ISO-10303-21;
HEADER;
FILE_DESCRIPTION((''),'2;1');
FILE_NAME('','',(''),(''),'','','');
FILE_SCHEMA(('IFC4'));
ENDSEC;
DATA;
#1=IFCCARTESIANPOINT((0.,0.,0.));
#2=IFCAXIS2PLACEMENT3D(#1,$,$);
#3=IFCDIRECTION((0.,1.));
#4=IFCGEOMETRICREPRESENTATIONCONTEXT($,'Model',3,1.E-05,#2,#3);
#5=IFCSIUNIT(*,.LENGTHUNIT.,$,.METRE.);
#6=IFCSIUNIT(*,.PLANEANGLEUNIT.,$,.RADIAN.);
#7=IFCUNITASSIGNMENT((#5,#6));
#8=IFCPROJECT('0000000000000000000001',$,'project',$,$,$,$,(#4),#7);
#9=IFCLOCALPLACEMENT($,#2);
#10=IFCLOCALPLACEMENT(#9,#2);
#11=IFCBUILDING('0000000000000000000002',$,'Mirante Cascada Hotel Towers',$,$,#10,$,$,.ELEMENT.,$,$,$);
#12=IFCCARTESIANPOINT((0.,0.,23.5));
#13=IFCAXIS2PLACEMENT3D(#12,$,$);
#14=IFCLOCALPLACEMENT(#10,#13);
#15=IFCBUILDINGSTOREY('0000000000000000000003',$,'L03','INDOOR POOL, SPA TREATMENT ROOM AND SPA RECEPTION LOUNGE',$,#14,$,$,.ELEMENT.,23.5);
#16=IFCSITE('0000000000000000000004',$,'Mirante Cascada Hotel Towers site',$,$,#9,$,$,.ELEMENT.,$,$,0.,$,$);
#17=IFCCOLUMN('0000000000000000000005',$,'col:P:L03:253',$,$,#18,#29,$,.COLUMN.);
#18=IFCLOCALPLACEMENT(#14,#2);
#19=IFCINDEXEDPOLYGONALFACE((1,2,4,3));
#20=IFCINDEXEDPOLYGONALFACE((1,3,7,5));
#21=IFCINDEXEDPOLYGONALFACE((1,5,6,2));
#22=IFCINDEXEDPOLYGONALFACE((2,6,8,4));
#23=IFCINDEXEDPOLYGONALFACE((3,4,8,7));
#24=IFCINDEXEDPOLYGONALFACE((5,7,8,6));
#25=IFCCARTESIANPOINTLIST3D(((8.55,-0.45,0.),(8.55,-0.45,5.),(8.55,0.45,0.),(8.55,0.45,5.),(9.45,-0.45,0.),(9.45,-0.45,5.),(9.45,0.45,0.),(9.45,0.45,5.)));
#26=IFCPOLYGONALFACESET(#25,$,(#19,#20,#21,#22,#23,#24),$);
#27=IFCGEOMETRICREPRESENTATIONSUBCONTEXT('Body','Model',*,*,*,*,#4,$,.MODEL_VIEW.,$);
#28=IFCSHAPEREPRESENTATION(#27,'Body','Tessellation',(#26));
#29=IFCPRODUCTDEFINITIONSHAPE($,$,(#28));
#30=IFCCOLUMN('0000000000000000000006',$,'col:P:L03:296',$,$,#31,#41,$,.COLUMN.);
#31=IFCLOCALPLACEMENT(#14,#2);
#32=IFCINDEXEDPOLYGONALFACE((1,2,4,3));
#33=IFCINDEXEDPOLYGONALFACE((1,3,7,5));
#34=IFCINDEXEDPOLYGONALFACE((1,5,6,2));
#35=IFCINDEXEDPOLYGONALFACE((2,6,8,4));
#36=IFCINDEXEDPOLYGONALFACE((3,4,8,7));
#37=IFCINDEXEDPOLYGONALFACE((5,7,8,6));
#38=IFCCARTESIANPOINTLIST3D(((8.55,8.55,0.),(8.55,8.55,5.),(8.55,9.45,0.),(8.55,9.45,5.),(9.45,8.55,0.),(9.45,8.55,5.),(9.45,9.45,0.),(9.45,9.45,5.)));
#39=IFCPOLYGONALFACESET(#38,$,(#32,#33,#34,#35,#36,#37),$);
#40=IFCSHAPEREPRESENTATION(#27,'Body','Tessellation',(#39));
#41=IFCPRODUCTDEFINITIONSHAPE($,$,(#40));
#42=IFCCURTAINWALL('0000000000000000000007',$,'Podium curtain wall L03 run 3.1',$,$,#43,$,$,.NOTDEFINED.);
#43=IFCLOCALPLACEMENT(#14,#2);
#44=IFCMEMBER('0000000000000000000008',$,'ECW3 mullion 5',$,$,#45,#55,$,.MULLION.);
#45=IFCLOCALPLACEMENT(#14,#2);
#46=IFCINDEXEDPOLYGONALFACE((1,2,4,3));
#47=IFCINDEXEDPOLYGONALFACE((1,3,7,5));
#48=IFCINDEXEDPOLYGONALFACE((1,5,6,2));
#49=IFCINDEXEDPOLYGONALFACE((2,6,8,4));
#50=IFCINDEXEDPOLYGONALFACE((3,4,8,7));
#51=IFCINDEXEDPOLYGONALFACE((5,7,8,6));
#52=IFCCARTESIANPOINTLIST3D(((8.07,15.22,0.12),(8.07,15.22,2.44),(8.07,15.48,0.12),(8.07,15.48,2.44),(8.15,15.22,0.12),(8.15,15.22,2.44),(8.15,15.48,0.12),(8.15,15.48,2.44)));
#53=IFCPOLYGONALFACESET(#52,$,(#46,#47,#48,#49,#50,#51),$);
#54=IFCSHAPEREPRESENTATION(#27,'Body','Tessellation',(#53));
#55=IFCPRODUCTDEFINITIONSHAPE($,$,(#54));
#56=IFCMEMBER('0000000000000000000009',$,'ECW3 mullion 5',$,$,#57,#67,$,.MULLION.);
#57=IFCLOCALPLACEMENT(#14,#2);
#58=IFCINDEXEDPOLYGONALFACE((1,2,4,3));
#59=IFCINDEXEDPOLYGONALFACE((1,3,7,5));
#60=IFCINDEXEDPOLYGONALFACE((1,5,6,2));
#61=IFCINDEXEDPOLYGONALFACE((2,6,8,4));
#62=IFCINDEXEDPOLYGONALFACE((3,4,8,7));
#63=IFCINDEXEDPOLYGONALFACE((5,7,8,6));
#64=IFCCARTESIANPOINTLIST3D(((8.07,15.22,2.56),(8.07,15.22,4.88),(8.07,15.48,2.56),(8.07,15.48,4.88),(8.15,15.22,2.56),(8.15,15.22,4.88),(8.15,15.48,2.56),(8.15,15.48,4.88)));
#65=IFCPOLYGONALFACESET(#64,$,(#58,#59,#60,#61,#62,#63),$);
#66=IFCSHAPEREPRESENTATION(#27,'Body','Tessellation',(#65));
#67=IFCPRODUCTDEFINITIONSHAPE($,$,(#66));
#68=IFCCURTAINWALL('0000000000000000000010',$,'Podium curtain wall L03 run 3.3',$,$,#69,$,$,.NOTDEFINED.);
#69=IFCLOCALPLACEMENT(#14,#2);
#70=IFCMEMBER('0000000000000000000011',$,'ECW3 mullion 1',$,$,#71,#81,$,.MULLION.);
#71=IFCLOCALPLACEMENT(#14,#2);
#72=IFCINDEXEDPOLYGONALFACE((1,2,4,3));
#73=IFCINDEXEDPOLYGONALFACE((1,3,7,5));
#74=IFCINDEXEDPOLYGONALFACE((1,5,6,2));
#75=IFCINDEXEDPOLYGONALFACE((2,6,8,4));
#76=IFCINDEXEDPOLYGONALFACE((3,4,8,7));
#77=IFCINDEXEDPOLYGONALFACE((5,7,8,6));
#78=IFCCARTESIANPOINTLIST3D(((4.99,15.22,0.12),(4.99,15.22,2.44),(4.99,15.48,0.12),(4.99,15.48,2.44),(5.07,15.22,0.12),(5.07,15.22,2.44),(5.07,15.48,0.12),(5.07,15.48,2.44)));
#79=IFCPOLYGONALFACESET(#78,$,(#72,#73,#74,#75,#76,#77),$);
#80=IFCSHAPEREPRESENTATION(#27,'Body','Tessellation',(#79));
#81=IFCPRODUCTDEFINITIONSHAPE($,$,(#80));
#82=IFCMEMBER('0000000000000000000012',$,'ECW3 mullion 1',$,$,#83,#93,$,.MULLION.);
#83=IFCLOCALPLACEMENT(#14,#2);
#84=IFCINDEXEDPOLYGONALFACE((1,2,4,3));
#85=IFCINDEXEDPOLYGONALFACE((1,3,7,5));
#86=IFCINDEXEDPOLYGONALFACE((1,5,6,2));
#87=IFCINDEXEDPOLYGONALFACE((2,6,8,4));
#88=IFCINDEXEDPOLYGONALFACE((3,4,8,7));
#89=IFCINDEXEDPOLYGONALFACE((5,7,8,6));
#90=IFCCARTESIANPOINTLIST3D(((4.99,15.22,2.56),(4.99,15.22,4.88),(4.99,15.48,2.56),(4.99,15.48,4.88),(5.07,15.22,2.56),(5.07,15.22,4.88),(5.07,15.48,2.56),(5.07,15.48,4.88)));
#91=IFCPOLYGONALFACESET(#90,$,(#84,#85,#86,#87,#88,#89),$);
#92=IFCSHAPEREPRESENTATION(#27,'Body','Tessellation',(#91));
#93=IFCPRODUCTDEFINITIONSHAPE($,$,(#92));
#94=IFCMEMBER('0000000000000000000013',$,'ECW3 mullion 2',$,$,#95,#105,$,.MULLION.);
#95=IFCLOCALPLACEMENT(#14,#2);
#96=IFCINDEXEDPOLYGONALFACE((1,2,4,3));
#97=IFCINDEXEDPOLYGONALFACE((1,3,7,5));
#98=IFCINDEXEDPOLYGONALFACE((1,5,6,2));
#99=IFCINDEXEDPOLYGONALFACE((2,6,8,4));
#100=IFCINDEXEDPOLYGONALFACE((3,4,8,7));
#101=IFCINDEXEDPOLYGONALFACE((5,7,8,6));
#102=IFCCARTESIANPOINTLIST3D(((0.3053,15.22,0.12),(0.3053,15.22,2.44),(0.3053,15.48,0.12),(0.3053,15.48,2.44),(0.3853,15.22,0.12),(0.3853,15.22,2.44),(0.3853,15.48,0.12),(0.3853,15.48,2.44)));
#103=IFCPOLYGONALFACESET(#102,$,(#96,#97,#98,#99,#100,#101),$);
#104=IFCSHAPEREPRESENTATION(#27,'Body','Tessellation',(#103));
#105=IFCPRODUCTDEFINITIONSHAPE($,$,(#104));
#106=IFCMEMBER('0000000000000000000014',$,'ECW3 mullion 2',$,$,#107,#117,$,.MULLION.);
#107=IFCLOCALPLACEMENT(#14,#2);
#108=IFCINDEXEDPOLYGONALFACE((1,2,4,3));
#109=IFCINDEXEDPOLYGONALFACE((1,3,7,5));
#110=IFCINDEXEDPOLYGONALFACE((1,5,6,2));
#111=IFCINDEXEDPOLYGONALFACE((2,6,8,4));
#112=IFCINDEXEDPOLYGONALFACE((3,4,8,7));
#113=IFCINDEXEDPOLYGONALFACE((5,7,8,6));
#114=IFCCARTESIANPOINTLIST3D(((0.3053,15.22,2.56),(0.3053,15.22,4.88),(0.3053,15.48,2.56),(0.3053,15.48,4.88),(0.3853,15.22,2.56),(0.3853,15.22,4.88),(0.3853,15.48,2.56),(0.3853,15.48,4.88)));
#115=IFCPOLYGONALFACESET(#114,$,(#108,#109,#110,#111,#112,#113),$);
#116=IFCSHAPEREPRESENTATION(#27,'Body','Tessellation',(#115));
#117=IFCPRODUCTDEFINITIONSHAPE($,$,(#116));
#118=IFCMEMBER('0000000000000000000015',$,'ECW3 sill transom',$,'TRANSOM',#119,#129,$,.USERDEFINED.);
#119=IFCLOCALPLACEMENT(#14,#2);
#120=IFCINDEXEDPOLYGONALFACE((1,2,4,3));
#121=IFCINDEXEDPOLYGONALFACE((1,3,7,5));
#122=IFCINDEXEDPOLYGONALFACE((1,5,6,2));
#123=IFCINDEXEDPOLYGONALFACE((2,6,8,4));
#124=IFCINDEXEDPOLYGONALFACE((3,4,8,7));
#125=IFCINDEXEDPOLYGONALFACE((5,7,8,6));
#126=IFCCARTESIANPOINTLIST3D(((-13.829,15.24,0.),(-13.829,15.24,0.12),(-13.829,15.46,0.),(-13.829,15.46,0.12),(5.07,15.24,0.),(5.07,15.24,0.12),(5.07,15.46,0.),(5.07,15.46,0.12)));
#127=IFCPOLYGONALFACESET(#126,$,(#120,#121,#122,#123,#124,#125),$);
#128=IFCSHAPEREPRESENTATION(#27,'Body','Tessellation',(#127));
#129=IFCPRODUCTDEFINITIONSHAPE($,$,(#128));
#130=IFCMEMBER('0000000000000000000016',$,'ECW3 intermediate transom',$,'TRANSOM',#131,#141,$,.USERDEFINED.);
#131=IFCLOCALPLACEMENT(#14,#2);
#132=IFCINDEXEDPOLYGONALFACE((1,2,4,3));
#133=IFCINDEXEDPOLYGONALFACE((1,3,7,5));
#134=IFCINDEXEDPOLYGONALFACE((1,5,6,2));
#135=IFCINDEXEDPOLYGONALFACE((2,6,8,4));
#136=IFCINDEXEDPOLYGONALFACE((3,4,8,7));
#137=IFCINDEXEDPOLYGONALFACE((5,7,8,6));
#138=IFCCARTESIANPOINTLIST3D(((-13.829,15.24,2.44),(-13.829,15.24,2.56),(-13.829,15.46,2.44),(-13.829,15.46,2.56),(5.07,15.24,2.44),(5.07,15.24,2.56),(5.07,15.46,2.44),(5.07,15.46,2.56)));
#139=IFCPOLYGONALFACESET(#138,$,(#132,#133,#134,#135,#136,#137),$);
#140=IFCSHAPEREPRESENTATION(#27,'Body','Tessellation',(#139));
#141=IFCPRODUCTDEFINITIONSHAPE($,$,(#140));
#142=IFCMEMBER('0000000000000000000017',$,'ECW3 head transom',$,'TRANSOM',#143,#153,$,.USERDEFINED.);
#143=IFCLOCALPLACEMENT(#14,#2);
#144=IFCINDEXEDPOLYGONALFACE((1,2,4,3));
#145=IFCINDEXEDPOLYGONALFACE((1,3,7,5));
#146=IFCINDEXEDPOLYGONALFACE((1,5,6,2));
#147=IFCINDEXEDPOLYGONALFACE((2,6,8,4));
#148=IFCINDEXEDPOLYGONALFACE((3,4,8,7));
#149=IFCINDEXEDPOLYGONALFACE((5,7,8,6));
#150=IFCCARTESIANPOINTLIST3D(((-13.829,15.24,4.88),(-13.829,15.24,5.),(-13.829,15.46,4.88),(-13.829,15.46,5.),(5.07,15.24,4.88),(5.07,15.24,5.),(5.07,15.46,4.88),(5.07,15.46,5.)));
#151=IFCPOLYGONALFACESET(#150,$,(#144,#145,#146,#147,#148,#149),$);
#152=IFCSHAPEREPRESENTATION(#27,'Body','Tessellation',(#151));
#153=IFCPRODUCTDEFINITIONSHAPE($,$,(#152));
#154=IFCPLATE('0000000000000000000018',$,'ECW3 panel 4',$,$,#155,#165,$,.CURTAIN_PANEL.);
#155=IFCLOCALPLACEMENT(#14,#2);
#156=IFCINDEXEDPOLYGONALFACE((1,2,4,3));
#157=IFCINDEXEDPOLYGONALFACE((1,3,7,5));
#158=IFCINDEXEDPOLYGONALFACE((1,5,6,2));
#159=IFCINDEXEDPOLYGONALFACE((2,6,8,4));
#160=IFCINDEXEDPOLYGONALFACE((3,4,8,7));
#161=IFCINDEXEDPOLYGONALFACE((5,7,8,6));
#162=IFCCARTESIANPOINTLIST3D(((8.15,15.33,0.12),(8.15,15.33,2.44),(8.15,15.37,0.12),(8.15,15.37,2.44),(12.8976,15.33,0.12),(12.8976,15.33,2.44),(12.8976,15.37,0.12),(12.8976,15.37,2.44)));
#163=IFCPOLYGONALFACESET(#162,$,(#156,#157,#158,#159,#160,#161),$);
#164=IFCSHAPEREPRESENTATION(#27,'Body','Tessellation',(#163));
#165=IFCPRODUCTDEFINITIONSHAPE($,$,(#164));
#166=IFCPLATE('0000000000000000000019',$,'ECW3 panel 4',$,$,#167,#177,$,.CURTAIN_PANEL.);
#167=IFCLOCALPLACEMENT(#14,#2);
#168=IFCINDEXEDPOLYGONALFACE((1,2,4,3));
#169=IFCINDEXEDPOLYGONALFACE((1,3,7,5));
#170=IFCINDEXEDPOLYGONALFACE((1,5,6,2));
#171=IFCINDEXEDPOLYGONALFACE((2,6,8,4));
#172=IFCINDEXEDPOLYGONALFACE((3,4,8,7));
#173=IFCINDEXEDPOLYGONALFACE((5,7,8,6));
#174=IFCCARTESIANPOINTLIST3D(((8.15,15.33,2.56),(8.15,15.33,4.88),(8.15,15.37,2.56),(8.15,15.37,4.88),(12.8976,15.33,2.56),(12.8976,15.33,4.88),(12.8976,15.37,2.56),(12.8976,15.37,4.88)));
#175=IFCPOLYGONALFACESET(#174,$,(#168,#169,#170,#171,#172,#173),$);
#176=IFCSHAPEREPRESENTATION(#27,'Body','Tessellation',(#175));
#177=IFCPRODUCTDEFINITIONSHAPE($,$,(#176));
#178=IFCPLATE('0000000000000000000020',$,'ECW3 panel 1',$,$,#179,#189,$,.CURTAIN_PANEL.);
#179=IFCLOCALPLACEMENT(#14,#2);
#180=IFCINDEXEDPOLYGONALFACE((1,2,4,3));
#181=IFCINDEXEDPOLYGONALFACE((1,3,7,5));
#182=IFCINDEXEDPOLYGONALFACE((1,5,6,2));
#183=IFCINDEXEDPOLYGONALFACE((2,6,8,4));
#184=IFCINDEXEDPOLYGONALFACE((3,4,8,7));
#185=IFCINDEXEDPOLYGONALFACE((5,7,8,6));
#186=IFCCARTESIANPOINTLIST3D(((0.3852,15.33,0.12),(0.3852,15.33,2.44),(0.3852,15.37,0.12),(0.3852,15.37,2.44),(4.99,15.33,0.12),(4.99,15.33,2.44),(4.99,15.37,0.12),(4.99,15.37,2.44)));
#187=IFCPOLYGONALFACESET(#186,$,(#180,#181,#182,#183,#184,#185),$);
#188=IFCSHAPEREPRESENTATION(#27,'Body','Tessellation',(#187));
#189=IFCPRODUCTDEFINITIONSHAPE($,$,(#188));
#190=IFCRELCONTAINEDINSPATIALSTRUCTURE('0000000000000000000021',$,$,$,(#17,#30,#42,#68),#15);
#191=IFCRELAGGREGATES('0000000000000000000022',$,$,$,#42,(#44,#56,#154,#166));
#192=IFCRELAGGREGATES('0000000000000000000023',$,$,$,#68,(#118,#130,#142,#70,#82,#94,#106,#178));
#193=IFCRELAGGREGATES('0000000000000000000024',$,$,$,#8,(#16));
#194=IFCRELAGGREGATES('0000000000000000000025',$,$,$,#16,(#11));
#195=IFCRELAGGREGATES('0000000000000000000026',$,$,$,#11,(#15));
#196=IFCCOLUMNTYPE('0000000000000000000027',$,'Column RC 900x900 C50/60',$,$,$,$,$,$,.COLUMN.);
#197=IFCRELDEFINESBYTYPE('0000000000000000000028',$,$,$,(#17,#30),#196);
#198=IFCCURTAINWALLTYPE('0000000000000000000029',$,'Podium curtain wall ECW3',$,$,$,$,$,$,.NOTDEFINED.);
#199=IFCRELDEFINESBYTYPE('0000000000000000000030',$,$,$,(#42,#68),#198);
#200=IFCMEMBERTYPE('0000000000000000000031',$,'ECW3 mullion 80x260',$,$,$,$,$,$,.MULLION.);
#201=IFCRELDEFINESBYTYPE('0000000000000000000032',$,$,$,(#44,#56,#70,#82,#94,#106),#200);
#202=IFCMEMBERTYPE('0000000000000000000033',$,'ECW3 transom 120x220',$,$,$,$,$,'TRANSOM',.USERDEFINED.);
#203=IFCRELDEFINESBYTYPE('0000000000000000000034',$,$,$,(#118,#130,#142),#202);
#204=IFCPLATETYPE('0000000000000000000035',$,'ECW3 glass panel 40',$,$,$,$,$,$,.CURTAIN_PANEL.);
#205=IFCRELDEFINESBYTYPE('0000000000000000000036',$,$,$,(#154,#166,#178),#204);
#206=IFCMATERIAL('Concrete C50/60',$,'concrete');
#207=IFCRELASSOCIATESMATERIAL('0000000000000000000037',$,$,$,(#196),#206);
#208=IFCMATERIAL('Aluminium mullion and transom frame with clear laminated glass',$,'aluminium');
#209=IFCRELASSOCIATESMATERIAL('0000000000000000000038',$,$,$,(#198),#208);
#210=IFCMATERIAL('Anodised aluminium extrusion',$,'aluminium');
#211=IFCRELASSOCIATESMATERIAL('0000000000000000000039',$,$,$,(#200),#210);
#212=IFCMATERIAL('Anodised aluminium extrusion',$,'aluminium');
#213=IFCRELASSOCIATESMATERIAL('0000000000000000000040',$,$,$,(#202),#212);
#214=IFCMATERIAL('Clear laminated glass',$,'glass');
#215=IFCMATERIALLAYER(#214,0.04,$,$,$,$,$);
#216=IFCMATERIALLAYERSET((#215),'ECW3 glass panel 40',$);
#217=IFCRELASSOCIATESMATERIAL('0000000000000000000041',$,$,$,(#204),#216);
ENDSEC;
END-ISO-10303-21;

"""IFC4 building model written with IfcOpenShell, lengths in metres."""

from ifc_helpers import new_model, si_unit, direction, frame, origin, origin_2d, place, context, subcontext, project, spatial, rectangle, extrude, material, layer, layer_set, material_profile, profile_set, type_object, element, aggregate, save


model = new_model("IFC4")

# Units and contexts
model_context = context("Model", 3, precision=1e-05, world=origin(), true_north=direction((0.0, 1.0)))
body_context = subcontext(model_context, "Body", "Model", "MODEL_VIEW")
ifc_project = project(units=[si_unit("LENGTHUNIT", "METRE"), si_unit("PLANEANGLEUNIT", "RADIAN")], contexts=[model_context])

# Site, building, storey
site_placement = place(None, origin())
site = spatial("IfcSite", under=ifc_project, at=site_placement, Name="Mirante Cascada Hotel Towers site", CompositionType="ELEMENT", RefElevation=0.0)
building_placement = place(site_placement, origin())
building = spatial("IfcBuilding", under=site, at=building_placement, Name="Mirante Cascada Hotel Towers", CompositionType="ELEMENT")
storey_placement = place(building_placement, frame((0.0, 0.0, 23.5)))
storey = spatial("IfcBuildingStorey", under=building, at=storey_placement, Name="L03", Description="INDOOR POOL, SPA TREATMENT ROOM AND SPA RECEPTION LOUNGE", CompositionType="ELEMENT", Elevation=23.5)

# Columns
ifc_material_1 = material(Name="Concrete C50/60", Category="concrete")
ifc_material_profile_1 = material_profile(ifc_material_1, rectangle(XDim=0.9, YDim=0.9, at=origin_2d()), Name="RC 900x900")
ifc_profile_set_1 = profile_set([ifc_material_profile_1], Name="Concrete C50/60")
column_type = type_object("IfcColumnType", Name="Column RC 900x900 C50/60", PredefinedType="COLUMN", material=ifc_profile_set_1)
for number, where, z_axis, x_axis, name in (
    (1, (9.0, 0.0, 0.0), (0.0, 0.0, 1.0), (1.0, 0.0, 0.0), "col:P:L03:253"),
    (2, (9.0, 9.0, 0.0), (0.0, 0.0, 1.0), (1.0, 0.0, 0.0), "col:P:L03:296"),
):
    element("IfcColumn", number, at=place(storey_placement, frame(where, z_axis=z_axis, x_axis=x_axis)), inside=storey, type_object=column_type, Name=name, PredefinedType="COLUMN", context=body_context, shape_type="SweptSolid", body=[
        extrude(rectangle(XDim=0.9, YDim=0.9, at=origin_2d()), origin(), (0.0, 0.0, 1.0), 5.0),
    ])

# Curtain walls, members
ifc_material_2 = material(Name="Aluminium mullion and transom frame with clear laminated glass", Category="aluminium")
curtain_wall_type = type_object("IfcCurtainWallType", Name="Podium curtain wall ECW3", PredefinedType="NOTDEFINED", material=ifc_material_2)
curtain_wall_1_placement = place(storey_placement, origin())
curtain_wall_1 = element("IfcCurtainWall", 3, at=curtain_wall_1_placement, inside=storey, type_object=curtain_wall_type, Name="Podium curtain wall L03 run 3.1", PredefinedType="NOTDEFINED")
ifc_material_3 = material(Name="Anodised aluminium extrusion", Category="aluminium")
ifc_material_profile_2 = material_profile(ifc_material_3, rectangle(XDim=0.26, YDim=0.08, at=origin_2d()), Name="ECW3 MULLION 80x260")
ifc_profile_set_2 = profile_set([ifc_material_profile_2], Name="Anodised aluminium extrusion")
member_type_1 = type_object("IfcMemberType", Name="ECW3 mullion 80x260", PredefinedType="MULLION", material=ifc_profile_set_2)
member_1_placement = place(storey_placement, frame((8.11, 15.35, 0.12), z_axis=(0.0, 0.0, 1.0), x_axis=(0.0, -1.0, 0.0)))
member_1 = element("IfcMember", 4, at=member_1_placement, type_object=member_type_1, Name="ECW3 mullion 5", PredefinedType="MULLION", context=body_context, shape_type="SweptSolid", body=[
    extrude(rectangle(XDim=0.26, YDim=0.08, at=origin_2d()), origin(), (0.0, 0.0, 1.0), 2.32),
])
member_2_placement = place(storey_placement, frame((8.11, 15.35, 2.56), z_axis=(0.0, 0.0, 1.0), x_axis=(0.0, -1.0, 0.0)))
member_2 = element("IfcMember", 5, at=member_2_placement, type_object=member_type_1, Name="ECW3 mullion 5", PredefinedType="MULLION", context=body_context, shape_type="SweptSolid", body=[
    extrude(rectangle(XDim=0.26, YDim=0.08, at=origin_2d()), origin(), (0.0, 0.0, 1.0), 2.32),
])
curtain_wall_2_placement = place(storey_placement, origin())
curtain_wall_2 = element("IfcCurtainWall", 6, at=curtain_wall_2_placement, inside=storey, type_object=curtain_wall_type, Name="Podium curtain wall L03 run 3.3", PredefinedType="NOTDEFINED")
member_3_placement = place(storey_placement, frame((5.03, 15.35, 0.12), z_axis=(0.0, 0.0, 1.0), x_axis=(0.0, -1.0, 0.0)))
member_3 = element("IfcMember", 7, at=member_3_placement, type_object=member_type_1, Name="ECW3 mullion 1", PredefinedType="MULLION", context=body_context, shape_type="SweptSolid", body=[
    extrude(rectangle(XDim=0.26, YDim=0.08, at=origin_2d()), origin(), (0.0, 0.0, 1.0), 2.32),
])
member_4_placement = place(storey_placement, frame((5.03, 15.35, 2.56), z_axis=(0.0, 0.0, 1.0), x_axis=(0.0, -1.0, 0.0)))
member_4 = element("IfcMember", 8, at=member_4_placement, type_object=member_type_1, Name="ECW3 mullion 1", PredefinedType="MULLION", context=body_context, shape_type="SweptSolid", body=[
    extrude(rectangle(XDim=0.26, YDim=0.08, at=origin_2d()), origin(), (0.0, 0.0, 1.0), 2.32),
])
member_5_placement = place(storey_placement, frame((0.3453, 15.35, 0.12), z_axis=(0.0, 0.0, 1.0), x_axis=(0.0, -1.0, 0.0)))
member_5 = element("IfcMember", 9, at=member_5_placement, type_object=member_type_1, Name="ECW3 mullion 2", PredefinedType="MULLION", context=body_context, shape_type="SweptSolid", body=[
    extrude(rectangle(XDim=0.26, YDim=0.08, at=origin_2d()), origin(), (0.0, 0.0, 1.0), 2.32),
])
member_6_placement = place(storey_placement, frame((0.3453, 15.35, 2.56), z_axis=(0.0, 0.0, 1.0), x_axis=(0.0, -1.0, 0.0)))
member_6 = element("IfcMember", 10, at=member_6_placement, type_object=member_type_1, Name="ECW3 mullion 2", PredefinedType="MULLION", context=body_context, shape_type="SweptSolid", body=[
    extrude(rectangle(XDim=0.26, YDim=0.08, at=origin_2d()), origin(), (0.0, 0.0, 1.0), 2.32),
])
ifc_material_4 = material(Name="Anodised aluminium extrusion", Category="aluminium")
ifc_material_profile_3 = material_profile(ifc_material_4, rectangle(XDim=0.22, YDim=0.12, at=origin_2d()), Name="ECW3 TRANSOM 120x220")
ifc_profile_set_3 = profile_set([ifc_material_profile_3], Name="Anodised aluminium extrusion")
member_type_2 = type_object("IfcMemberType", Name="ECW3 transom 120x220", ElementType="TRANSOM", PredefinedType="USERDEFINED", material=ifc_profile_set_3)
member_7_placement = place(storey_placement, frame((5.07, 15.35, 0.06), z_axis=(-1.0, 0.0, 0.0), x_axis=(0.0, -1.0, 0.0)))
member_7 = element("IfcMember", 11, at=member_7_placement, type_object=member_type_2, Name="ECW3 sill transom", ObjectType="TRANSOM", PredefinedType="USERDEFINED", context=body_context, shape_type="SweptSolid", body=[
    extrude(rectangle(XDim=0.22, YDim=0.12, at=origin_2d()), origin(), (0.0, 0.0, 1.0), 18.899),
])
member_8_placement = place(storey_placement, frame((5.07, 15.35, 2.5), z_axis=(-1.0, 0.0, 0.0), x_axis=(0.0, -1.0, 0.0)))
member_8 = element("IfcMember", 12, at=member_8_placement, type_object=member_type_2, Name="ECW3 intermediate transom", ObjectType="TRANSOM", PredefinedType="USERDEFINED", context=body_context, shape_type="SweptSolid", body=[
    extrude(rectangle(XDim=0.22, YDim=0.12, at=origin_2d()), origin(), (0.0, 0.0, 1.0), 18.899),
])
member_9_placement = place(storey_placement, frame((5.07, 15.35, 4.94), z_axis=(-1.0, 0.0, 0.0), x_axis=(0.0, -1.0, 0.0)))
member_9 = element("IfcMember", 13, at=member_9_placement, type_object=member_type_2, Name="ECW3 head transom", ObjectType="TRANSOM", PredefinedType="USERDEFINED", context=body_context, shape_type="SweptSolid", body=[
    extrude(rectangle(XDim=0.22, YDim=0.12, at=origin_2d()), origin(), (0.0, 0.0, 1.0), 18.899),
])

# Plates
ifc_material_5 = material(Name="Clear laminated glass", Category="glass")
ifc_layer_1 = layer(ifc_material_5, 0.04)
ifc_layer_set_1 = layer_set([ifc_layer_1], Name="ECW3 glass panel 40")
plate_type = type_object("IfcPlateType", Name="ECW3 glass panel 40", PredefinedType="CURTAIN_PANEL", material=ifc_layer_set_1)
plate_1_placement = place(storey_placement, frame((10.5238, 15.35, 0.12), z_axis=(0.0, 0.0, 1.0), x_axis=(-1.0, 0.0, 0.0)))
plate_1 = element("IfcPlate", 14, at=plate_1_placement, type_object=plate_type, Name="ECW3 panel 4", PredefinedType="CURTAIN_PANEL", context=body_context, shape_type="SweptSolid", body=[
    extrude(rectangle(XDim=4.7476, YDim=0.04, at=origin_2d()), origin(), (0.0, 0.0, 1.0), 2.32),
])
plate_2_placement = place(storey_placement, frame((10.5238, 15.35, 2.56), z_axis=(0.0, 0.0, 1.0), x_axis=(-1.0, 0.0, 0.0)))
plate_2 = element("IfcPlate", 15, at=plate_2_placement, type_object=plate_type, Name="ECW3 panel 4", PredefinedType="CURTAIN_PANEL", context=body_context, shape_type="SweptSolid", body=[
    extrude(rectangle(XDim=4.7476, YDim=0.04, at=origin_2d()), origin(), (0.0, 0.0, 1.0), 2.32),
])
aggregate(curtain_wall_1, [member_1, member_2, plate_1, plate_2])
plate_3_placement = place(storey_placement, frame((2.6876, 15.35, 0.12), z_axis=(0.0, 0.0, 1.0), x_axis=(-1.0, 0.0, 0.0)))
plate_3 = element("IfcPlate", 16, at=plate_3_placement, type_object=plate_type, Name="ECW3 panel 1", PredefinedType="CURTAIN_PANEL", context=body_context, shape_type="SweptSolid", body=[
    extrude(rectangle(XDim=4.6048, YDim=0.04, at=origin_2d()), origin(), (0.0, 0.0, 1.0), 2.32),
])
aggregate(curtain_wall_2, [member_7, member_8, member_9, member_3, member_4, member_5, member_6, plate_3])

save(model, "model.ifc")
